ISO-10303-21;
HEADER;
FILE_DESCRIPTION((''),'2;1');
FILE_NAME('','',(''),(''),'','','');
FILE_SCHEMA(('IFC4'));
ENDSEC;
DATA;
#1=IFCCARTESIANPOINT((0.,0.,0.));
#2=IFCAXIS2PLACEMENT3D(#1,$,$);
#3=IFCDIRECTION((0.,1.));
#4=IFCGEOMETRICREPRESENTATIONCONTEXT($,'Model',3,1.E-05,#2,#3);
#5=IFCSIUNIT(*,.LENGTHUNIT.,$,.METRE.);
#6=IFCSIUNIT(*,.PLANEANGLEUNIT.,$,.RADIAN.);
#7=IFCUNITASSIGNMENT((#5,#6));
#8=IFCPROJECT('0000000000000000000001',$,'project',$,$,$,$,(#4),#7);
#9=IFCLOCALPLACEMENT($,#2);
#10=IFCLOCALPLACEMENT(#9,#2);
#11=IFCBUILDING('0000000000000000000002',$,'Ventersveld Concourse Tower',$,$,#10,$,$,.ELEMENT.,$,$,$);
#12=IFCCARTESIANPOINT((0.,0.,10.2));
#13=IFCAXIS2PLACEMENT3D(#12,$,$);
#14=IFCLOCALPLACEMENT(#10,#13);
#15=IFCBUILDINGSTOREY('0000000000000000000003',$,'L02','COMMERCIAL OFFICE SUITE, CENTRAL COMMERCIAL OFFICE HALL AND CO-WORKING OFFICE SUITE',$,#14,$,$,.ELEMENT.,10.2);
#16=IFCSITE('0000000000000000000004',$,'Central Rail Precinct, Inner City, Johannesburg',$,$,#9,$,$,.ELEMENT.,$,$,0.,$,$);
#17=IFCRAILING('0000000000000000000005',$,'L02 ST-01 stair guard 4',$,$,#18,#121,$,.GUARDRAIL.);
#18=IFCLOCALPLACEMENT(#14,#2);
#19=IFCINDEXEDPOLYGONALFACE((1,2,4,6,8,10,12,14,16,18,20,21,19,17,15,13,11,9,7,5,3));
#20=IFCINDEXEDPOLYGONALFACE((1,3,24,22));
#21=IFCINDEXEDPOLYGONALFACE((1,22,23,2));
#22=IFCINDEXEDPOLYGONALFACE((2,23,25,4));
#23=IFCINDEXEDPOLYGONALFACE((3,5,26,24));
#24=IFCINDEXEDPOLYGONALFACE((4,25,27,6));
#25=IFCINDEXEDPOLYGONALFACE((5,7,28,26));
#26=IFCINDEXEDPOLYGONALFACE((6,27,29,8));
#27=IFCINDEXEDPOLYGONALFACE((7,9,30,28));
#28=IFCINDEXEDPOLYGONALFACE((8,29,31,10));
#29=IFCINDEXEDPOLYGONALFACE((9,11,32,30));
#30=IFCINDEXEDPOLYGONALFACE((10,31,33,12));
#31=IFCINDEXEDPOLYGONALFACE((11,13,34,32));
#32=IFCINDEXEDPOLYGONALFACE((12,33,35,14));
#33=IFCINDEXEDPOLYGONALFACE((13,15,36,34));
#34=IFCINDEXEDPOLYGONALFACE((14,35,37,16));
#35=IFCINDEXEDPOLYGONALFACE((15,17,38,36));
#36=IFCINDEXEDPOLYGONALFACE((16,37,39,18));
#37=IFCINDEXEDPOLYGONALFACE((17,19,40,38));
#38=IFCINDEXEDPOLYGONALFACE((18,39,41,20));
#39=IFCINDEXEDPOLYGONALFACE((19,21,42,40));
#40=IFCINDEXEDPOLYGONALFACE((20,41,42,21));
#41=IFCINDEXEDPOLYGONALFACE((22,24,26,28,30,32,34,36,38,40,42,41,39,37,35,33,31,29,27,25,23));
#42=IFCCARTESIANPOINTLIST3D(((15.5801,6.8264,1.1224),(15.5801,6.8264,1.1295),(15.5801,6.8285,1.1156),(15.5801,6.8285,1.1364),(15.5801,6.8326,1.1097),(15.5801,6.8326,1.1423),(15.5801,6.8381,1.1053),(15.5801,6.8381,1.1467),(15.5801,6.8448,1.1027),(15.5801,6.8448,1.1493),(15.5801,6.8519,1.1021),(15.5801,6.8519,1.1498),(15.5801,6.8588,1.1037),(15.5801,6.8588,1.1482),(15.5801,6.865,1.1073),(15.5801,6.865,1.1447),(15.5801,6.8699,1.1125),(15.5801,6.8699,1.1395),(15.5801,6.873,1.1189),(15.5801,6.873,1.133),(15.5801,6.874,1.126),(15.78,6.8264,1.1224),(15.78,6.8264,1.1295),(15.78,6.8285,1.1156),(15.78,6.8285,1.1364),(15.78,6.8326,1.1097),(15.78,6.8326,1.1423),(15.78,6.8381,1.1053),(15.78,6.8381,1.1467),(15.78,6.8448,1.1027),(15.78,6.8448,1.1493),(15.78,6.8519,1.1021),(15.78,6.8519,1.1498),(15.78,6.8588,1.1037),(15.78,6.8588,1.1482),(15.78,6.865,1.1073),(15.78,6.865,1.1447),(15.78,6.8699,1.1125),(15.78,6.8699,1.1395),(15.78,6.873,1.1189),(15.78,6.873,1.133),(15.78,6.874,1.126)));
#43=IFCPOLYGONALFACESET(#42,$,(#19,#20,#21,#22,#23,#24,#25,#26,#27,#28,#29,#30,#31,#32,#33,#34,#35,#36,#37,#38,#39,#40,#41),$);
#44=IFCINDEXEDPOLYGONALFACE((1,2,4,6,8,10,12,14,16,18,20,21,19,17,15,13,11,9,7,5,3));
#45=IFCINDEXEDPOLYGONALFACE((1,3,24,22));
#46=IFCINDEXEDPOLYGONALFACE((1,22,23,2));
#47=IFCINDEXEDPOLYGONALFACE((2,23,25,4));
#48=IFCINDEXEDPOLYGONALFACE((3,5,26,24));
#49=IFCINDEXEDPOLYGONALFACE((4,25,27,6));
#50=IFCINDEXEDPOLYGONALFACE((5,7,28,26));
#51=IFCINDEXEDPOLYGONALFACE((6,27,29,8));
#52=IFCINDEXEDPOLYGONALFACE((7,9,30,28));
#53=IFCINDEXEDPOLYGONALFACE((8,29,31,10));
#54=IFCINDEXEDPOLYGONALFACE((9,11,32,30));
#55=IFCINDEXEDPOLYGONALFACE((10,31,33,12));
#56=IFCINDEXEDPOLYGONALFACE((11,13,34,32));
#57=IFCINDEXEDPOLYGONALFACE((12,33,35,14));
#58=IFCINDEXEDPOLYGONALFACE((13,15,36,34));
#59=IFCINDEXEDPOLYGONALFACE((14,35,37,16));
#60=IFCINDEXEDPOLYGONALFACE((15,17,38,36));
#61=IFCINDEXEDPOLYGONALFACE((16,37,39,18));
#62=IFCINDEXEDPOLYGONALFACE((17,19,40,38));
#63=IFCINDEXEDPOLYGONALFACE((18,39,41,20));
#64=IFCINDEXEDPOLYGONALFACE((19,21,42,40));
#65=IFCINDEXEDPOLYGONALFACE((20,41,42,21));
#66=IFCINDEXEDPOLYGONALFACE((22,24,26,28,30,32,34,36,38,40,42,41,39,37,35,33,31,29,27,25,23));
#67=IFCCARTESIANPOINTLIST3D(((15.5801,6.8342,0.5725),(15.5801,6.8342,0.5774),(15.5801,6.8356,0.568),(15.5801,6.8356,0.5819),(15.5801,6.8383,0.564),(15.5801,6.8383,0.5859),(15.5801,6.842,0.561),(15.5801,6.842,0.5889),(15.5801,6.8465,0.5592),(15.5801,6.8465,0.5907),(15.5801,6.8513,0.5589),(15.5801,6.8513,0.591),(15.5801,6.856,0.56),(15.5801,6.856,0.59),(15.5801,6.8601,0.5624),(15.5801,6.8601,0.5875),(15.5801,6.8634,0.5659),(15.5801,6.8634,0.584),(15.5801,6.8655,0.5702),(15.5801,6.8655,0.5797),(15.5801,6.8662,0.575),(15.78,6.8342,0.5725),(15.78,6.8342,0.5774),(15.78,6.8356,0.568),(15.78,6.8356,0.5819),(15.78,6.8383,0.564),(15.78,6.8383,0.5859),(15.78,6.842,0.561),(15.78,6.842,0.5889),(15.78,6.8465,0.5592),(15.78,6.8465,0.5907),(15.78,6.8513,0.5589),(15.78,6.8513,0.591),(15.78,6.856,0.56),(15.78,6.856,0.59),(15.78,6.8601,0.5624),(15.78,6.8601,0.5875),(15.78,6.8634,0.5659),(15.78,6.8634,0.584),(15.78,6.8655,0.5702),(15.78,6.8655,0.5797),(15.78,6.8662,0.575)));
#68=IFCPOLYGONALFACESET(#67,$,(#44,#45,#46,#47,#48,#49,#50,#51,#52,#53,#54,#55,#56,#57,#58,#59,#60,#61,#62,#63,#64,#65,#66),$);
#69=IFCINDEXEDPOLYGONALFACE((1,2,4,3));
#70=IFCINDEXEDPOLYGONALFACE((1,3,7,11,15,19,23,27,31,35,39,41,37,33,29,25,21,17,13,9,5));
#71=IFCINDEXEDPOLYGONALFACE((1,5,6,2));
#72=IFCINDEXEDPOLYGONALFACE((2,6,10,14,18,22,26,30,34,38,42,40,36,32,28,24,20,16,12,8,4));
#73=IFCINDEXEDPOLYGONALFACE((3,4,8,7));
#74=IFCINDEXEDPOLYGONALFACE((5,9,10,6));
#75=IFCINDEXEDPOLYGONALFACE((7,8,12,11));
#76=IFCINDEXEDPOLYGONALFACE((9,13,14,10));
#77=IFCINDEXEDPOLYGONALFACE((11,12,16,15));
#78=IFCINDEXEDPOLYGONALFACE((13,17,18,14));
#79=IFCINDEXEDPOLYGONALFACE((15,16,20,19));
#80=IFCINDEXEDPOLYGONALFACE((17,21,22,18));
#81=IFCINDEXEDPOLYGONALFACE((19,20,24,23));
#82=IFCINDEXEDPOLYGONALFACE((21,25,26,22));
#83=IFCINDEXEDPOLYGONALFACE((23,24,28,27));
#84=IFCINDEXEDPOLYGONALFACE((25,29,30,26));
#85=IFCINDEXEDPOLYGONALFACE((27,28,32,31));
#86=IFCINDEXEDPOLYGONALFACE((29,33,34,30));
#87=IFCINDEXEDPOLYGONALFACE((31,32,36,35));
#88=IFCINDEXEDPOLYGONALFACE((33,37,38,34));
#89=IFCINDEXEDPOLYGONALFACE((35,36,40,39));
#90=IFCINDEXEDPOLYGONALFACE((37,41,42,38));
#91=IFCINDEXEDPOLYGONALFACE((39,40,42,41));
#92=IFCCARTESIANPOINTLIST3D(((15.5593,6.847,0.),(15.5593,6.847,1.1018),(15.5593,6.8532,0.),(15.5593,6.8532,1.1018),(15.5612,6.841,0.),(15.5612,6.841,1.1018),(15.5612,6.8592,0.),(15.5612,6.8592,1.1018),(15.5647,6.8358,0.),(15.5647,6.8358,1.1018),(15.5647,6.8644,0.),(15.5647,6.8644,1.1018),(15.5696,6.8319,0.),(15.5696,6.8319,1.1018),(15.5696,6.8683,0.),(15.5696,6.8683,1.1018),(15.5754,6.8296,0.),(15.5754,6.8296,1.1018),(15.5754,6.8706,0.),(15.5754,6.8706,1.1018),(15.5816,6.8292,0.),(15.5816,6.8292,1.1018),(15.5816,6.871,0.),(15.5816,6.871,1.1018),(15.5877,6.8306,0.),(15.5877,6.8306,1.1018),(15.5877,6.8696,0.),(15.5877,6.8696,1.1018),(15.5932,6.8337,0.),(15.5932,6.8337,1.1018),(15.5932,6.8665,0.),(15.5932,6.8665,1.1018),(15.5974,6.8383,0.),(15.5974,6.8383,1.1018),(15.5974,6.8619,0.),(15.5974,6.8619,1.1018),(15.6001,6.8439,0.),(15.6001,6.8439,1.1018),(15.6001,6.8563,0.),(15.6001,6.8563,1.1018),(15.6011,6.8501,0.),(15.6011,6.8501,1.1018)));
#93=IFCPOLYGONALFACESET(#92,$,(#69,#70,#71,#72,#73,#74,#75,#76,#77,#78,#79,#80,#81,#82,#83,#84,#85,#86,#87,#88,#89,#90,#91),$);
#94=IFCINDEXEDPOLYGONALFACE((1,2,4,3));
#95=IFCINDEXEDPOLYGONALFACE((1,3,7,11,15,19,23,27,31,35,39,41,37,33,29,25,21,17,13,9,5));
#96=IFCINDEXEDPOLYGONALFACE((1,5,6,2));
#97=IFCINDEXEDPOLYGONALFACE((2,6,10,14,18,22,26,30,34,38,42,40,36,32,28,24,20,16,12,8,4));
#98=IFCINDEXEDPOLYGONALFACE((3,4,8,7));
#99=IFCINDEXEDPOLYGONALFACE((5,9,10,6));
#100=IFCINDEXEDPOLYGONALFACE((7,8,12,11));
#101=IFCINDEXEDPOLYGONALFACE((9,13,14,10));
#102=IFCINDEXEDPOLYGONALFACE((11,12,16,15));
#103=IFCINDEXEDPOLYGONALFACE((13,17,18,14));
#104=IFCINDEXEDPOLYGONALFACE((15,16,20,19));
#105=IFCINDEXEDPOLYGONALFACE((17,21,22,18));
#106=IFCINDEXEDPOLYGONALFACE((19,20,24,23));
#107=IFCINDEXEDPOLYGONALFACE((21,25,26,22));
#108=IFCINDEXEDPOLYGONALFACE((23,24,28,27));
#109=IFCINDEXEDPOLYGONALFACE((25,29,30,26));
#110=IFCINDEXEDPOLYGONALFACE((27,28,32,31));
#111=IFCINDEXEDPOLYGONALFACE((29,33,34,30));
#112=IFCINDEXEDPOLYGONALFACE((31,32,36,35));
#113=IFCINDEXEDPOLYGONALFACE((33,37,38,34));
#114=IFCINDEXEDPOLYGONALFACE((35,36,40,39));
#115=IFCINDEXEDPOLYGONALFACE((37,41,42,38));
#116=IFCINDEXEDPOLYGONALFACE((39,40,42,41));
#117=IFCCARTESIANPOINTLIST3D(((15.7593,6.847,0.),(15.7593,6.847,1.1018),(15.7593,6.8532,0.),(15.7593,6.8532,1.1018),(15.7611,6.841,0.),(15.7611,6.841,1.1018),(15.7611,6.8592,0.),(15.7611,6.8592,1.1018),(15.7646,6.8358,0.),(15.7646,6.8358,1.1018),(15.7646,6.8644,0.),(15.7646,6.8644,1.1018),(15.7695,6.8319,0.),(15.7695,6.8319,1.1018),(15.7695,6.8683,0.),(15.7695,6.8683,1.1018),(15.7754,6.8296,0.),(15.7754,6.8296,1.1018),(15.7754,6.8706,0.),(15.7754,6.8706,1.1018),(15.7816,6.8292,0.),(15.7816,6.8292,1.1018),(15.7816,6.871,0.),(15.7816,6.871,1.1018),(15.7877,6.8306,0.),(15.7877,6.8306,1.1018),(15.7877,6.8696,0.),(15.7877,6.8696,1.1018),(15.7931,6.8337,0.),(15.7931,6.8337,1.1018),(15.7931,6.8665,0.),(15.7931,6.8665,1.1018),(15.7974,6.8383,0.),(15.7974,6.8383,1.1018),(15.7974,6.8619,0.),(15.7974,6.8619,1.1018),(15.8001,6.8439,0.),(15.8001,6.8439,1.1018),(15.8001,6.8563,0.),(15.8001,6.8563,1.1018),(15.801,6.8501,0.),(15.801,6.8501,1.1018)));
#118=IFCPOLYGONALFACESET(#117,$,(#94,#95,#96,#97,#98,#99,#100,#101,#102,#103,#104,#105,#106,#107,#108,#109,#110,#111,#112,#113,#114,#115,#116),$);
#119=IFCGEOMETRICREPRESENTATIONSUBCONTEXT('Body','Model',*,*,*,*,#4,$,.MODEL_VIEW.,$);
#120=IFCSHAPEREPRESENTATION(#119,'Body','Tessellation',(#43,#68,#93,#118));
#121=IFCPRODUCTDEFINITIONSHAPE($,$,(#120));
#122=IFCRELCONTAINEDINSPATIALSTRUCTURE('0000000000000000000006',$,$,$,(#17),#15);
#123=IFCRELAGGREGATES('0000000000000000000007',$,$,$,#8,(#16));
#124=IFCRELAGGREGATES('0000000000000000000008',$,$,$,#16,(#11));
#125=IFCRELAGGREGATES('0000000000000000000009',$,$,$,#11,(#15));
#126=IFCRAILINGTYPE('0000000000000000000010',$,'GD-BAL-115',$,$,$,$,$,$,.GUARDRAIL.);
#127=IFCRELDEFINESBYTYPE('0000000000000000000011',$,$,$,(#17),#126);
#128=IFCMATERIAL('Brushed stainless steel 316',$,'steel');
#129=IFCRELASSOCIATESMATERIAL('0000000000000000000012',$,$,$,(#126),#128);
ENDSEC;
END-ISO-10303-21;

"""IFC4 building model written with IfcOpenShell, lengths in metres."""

from ifc_helpers import new_model, si_unit, direction, frame, origin, origin_2d, place, context, subcontext, project, spatial, circle, extrude, material, type_object, element, save


model = new_model("IFC4")

# Units and contexts
model_context = context("Model", 3, precision=1e-05, world=origin(), true_north=direction((0.0, 1.0)))
body_context = subcontext(model_context, "Body", "Model", "MODEL_VIEW")
ifc_project = project(units=[si_unit("LENGTHUNIT", "METRE"), si_unit("PLANEANGLEUNIT", "RADIAN")], contexts=[model_context])

# Site, building, storey
site_placement = place(None, origin())
site = spatial("IfcSite", under=ifc_project, at=site_placement, Name="Central Rail Precinct, Inner City, Johannesburg", CompositionType="ELEMENT", RefElevation=0.0)
building_placement = place(site_placement, origin())
building = spatial("IfcBuilding", under=site, at=building_placement, Name="Ventersveld Concourse Tower", CompositionType="ELEMENT")
storey_placement = place(building_placement, frame((0.0, 0.0, 10.2)))
storey = spatial("IfcBuildingStorey", under=building, at=storey_placement, Name="L02", Description="COMMERCIAL OFFICE SUITE, CENTRAL COMMERCIAL OFFICE HALL AND CO-WORKING OFFICE SUITE", CompositionType="ELEMENT", Elevation=10.2)

# Shared definitions
ifc_material_1 = material(Name="Brushed stainless steel 316", Category="steel")

# Railing
railing_type_1 = type_object("IfcRailingType", Name="GD-BAL-115", PredefinedType="GUARDRAIL", material=ifc_material_1)
railing_1_placement = place(storey_placement, frame((15.5801, 6.8501, 0.0)))
element("IfcRailing", 1, at=railing_1_placement, inside=storey, type_object=railing_type_1, Name="L02 ST-01 stair guard 4", PredefinedType="GUARDRAIL", context=body_context, shape_type="SweptSolid", body=[
    extrude(circle(Radius=0.0239, at=origin_2d()), frame((0.0, 0.0, 1.126), z_axis=(1.0, 0.0, 0.0), x_axis=(0.0, 1.0, 0.0)), (0.0, 0.0, 1.0), 0.2),
    extrude(circle(Radius=0.0161, at=origin_2d()), frame((0.0, 0.0, 0.575), z_axis=(1.0, 0.0, 0.0), x_axis=(0.0, 1.0, 0.0)), (0.0, 0.0, 1.0), 0.2),
    extrude(circle(Radius=0.021, at=origin_2d()), origin(), (0.0, 0.0, 1.0), 1.1018),
    extrude(circle(Radius=0.021, at=origin_2d()), frame((0.2, 0.0, 0.0)), (0.0, 0.0, 1.0), 1.1018),
])

save(model, "model.ifc")
